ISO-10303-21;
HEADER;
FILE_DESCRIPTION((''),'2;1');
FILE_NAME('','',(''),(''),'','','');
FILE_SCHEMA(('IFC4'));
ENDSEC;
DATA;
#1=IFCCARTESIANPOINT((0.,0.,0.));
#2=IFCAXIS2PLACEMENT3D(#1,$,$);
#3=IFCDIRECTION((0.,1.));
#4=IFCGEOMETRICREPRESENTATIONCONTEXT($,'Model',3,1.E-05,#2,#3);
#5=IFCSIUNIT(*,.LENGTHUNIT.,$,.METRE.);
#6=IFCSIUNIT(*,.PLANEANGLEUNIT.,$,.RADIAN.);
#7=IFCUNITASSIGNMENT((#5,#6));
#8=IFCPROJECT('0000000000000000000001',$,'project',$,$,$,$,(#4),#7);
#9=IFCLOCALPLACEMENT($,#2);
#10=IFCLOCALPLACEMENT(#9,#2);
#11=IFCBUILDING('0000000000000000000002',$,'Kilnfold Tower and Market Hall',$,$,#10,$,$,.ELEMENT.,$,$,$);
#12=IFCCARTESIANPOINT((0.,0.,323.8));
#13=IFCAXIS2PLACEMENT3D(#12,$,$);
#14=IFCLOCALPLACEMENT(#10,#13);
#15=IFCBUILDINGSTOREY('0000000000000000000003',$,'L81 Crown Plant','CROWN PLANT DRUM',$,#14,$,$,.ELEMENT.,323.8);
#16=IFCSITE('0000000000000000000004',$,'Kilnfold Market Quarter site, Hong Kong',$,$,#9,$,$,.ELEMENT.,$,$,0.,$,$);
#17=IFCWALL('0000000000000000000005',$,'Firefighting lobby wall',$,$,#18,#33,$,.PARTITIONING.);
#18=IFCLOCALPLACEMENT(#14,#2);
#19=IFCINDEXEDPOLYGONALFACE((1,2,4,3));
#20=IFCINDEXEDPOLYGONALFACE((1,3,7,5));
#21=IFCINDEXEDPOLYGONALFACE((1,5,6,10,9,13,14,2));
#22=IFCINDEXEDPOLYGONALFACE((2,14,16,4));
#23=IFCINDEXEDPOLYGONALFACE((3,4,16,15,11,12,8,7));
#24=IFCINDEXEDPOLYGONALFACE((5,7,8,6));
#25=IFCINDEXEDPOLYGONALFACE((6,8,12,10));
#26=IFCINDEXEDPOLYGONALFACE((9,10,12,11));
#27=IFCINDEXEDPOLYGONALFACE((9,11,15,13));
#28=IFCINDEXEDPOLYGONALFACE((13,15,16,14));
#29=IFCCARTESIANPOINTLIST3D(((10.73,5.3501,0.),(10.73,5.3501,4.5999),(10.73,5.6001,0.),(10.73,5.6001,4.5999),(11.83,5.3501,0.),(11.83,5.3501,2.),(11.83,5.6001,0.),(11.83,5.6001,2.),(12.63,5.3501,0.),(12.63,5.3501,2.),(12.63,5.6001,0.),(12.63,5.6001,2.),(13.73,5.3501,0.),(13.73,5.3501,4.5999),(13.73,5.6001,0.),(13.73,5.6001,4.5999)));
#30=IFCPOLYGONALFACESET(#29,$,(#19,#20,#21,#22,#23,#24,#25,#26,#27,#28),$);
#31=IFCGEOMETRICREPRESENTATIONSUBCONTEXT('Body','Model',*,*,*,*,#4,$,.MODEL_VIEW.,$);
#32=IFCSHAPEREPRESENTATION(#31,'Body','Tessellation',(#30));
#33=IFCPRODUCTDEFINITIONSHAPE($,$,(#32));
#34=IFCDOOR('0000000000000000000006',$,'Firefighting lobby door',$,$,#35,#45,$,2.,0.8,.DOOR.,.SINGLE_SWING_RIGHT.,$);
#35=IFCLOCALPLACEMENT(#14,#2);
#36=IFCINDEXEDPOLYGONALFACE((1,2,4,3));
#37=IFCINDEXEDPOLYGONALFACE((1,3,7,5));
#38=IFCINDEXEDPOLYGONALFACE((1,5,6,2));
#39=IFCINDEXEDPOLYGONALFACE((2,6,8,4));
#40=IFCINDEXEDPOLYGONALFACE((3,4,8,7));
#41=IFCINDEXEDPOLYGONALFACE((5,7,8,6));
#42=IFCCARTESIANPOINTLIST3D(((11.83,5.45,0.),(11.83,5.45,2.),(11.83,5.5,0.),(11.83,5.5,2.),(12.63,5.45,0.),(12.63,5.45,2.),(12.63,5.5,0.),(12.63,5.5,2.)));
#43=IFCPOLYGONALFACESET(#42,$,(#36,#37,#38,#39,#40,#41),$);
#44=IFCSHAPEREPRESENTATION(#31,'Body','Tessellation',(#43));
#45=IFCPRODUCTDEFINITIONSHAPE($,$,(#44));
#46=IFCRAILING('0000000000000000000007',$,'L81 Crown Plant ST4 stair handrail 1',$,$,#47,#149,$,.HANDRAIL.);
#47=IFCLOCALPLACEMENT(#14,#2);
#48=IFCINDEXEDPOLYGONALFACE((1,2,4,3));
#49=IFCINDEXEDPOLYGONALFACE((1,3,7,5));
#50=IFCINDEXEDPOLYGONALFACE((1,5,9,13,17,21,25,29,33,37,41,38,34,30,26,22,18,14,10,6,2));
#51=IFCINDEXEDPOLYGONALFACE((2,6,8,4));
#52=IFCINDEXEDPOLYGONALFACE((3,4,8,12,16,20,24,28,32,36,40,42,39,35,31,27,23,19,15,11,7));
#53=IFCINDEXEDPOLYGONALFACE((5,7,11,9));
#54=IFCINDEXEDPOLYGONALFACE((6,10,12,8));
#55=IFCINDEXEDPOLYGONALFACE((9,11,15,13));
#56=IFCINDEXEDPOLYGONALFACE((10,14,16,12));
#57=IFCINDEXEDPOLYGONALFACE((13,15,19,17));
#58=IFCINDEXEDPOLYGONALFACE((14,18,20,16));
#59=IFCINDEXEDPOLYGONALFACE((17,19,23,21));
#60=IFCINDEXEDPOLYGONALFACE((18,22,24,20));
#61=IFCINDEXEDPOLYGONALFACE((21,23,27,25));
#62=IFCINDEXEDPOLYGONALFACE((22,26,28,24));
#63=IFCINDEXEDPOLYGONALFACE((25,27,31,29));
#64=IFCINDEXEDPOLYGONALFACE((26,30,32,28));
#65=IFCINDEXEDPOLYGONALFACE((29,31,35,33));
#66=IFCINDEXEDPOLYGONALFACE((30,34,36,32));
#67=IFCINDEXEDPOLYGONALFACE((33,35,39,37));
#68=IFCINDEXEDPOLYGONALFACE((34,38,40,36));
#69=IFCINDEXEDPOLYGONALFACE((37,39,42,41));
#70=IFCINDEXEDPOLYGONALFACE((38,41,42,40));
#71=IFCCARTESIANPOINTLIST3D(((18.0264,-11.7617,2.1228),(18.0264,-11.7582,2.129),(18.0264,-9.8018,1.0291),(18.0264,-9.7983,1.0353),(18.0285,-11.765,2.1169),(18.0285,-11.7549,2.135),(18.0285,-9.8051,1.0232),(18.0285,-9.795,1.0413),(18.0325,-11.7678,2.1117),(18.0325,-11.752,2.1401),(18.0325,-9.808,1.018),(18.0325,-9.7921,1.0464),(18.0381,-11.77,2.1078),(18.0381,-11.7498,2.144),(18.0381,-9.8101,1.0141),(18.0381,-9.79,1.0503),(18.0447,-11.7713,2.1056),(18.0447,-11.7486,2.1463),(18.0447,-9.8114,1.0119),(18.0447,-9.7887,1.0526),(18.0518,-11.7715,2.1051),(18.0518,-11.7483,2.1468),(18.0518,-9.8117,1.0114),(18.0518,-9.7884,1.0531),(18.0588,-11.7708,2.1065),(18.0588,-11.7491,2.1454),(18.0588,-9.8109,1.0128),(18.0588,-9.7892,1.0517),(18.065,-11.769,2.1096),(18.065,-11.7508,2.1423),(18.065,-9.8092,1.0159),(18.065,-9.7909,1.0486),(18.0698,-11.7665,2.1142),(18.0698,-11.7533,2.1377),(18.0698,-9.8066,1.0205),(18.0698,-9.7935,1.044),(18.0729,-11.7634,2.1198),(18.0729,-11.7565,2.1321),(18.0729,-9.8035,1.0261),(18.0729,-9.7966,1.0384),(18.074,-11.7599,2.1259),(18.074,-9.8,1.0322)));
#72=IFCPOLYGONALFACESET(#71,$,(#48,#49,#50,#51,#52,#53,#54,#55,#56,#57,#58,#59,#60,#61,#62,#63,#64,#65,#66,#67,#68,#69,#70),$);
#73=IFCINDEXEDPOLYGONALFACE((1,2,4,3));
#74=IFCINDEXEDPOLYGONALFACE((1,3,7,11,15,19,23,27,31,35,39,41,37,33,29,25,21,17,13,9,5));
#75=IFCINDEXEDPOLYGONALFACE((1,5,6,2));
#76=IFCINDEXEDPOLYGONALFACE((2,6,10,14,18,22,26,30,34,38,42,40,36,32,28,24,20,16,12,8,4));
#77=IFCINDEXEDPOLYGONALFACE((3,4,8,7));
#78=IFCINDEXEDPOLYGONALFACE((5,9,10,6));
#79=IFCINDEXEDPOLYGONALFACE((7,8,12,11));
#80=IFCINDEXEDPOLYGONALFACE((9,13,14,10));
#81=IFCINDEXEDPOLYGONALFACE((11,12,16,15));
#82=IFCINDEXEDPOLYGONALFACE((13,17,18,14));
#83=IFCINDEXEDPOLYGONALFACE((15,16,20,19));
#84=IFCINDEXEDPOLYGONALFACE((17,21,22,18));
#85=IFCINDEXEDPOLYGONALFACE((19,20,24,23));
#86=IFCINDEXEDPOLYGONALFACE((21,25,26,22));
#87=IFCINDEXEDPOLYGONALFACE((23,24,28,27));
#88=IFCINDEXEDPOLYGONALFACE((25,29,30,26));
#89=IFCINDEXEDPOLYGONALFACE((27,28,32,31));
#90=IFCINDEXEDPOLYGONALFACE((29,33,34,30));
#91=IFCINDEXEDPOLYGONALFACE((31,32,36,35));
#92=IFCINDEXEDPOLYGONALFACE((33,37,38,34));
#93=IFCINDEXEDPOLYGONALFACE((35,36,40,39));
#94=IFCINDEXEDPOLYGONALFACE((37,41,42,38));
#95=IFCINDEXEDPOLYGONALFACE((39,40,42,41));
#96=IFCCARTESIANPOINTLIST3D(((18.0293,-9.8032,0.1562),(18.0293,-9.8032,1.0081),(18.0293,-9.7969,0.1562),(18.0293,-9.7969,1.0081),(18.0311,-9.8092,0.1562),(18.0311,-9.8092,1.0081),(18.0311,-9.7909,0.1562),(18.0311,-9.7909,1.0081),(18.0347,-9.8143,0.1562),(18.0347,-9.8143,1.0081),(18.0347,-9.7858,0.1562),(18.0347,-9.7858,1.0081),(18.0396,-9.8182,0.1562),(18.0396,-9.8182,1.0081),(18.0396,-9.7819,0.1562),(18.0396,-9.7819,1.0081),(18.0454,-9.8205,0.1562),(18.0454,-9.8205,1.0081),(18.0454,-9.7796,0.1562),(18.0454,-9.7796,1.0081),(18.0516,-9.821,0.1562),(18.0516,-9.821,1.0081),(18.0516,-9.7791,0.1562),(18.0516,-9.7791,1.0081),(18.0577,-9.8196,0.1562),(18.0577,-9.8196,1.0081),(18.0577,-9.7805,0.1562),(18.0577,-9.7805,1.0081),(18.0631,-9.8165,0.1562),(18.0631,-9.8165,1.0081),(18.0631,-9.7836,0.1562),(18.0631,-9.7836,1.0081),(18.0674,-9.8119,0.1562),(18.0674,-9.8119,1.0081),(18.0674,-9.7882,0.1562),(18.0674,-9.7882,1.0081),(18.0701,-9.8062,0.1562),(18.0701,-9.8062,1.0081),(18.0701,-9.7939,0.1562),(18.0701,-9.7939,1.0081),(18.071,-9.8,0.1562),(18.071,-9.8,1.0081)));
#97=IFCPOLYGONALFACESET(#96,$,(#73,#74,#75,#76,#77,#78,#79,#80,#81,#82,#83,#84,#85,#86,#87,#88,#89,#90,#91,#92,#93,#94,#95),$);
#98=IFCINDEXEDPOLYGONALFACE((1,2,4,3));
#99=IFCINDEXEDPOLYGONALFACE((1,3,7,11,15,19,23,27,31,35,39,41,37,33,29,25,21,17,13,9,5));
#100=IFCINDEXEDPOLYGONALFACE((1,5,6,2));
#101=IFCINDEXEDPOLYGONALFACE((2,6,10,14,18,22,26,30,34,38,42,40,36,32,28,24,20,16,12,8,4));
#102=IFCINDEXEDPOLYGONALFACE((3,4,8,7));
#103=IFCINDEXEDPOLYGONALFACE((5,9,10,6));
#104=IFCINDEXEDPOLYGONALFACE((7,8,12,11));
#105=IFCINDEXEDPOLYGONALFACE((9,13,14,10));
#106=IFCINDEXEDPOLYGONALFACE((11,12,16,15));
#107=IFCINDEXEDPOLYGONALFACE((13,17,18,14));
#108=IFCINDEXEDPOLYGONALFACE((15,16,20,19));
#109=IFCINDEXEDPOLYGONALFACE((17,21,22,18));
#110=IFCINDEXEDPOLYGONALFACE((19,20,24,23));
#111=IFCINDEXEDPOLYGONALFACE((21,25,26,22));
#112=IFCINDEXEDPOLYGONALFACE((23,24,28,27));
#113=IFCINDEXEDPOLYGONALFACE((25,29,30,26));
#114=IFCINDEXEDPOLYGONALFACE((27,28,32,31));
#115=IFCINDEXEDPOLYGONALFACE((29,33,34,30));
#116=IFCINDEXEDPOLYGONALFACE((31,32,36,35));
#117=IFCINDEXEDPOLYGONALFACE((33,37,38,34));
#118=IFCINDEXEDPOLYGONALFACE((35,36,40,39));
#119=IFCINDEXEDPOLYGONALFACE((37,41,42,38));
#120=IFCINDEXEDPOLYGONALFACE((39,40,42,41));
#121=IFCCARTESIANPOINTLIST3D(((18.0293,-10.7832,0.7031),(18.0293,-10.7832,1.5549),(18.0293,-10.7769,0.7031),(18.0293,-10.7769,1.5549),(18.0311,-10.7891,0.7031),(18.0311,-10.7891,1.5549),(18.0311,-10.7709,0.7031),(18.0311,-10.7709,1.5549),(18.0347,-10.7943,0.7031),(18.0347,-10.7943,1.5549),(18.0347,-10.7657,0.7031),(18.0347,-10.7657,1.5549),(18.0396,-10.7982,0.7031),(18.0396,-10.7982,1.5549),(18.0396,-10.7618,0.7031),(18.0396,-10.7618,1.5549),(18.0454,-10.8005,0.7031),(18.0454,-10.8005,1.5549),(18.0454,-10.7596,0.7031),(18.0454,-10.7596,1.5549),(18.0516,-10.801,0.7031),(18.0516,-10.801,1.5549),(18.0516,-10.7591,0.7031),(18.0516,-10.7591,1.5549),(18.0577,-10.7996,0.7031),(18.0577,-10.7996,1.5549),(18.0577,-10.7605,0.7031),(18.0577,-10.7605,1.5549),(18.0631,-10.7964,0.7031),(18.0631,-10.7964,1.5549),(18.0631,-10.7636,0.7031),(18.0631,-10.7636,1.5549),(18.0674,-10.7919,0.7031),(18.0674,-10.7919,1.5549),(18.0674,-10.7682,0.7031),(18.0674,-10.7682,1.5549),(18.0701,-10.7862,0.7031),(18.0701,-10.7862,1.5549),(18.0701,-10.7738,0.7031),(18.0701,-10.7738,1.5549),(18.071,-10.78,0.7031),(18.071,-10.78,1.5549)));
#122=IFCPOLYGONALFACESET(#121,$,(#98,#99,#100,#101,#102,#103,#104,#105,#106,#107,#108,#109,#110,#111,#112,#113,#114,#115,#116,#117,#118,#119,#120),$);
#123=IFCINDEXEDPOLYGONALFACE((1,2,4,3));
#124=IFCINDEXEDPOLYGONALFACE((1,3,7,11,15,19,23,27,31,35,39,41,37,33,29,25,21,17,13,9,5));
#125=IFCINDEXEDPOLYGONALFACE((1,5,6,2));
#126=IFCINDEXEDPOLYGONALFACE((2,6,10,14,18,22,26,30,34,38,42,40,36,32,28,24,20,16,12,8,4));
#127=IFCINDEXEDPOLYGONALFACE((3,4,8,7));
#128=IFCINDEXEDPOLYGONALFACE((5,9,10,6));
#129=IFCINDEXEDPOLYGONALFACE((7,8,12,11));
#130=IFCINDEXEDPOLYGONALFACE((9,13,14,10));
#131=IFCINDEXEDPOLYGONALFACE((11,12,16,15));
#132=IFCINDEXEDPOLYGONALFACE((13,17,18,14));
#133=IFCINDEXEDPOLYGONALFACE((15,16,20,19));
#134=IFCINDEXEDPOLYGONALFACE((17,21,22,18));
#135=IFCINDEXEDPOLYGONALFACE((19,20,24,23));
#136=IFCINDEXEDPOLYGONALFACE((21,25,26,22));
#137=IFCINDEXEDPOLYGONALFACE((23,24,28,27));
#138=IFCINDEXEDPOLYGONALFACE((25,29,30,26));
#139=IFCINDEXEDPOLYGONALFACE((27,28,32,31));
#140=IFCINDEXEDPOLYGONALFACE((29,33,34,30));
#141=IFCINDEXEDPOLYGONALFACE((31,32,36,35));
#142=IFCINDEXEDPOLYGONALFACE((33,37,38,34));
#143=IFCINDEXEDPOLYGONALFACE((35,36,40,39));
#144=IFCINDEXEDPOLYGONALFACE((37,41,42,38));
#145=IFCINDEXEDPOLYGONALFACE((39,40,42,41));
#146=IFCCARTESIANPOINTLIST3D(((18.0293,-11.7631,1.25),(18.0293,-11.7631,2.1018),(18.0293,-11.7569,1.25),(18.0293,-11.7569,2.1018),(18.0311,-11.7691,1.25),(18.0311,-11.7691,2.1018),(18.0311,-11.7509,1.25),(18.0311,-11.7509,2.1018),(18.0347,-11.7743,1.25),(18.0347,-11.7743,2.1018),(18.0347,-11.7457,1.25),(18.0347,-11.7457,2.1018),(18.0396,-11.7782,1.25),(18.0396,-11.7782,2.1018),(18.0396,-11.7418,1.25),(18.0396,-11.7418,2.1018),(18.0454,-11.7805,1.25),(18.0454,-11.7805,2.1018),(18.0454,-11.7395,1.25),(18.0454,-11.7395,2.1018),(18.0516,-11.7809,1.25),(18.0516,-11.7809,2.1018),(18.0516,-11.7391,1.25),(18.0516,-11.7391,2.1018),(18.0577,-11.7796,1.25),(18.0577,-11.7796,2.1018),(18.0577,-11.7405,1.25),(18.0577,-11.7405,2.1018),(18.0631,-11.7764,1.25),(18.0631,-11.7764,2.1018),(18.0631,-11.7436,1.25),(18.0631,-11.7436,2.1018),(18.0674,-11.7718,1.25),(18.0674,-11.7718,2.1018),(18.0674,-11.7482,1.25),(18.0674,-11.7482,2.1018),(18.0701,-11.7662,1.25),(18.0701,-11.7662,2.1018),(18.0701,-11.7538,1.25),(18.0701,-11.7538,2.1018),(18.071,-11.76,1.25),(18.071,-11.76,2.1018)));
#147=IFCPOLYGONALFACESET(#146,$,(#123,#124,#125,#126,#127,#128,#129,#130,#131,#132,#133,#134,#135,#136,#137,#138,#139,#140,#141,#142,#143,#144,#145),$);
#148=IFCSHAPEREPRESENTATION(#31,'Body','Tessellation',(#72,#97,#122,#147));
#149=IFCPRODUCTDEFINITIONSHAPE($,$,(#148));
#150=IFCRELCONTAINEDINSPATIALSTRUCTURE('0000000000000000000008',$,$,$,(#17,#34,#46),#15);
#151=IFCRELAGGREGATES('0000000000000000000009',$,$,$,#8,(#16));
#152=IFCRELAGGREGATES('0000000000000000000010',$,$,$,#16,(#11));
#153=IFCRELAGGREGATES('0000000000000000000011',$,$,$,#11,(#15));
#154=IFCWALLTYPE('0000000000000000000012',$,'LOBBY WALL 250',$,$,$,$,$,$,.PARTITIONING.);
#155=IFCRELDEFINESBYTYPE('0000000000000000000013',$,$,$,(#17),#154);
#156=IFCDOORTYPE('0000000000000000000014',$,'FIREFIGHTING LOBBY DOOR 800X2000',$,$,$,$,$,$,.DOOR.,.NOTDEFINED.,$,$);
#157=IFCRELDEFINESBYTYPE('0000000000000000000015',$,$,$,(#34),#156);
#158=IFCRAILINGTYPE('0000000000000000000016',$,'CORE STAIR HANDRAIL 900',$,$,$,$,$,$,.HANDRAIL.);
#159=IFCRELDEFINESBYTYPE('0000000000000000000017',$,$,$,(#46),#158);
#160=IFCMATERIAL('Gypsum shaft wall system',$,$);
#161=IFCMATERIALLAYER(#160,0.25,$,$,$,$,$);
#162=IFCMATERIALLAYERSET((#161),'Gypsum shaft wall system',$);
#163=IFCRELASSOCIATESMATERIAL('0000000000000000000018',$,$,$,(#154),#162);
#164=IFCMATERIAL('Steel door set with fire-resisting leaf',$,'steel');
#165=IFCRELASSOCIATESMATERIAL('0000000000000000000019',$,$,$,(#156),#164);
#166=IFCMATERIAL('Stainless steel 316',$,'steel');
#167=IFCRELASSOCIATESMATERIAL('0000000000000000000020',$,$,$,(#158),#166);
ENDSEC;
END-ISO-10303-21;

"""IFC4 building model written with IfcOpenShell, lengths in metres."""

from ifc_helpers import new_model, si_unit, direction, frame, frame_2d, origin, origin_2d, place, context, subcontext, project, spatial, rectangle, circle, extrude, source, transform, mapped, material, layer, layer_set, type_object, element, fill, save


model = new_model("IFC4")

# Units and contexts
model_context = context("Model", 3, precision=1e-05, world=origin(), true_north=direction((0.0, 1.0)))
body_context = subcontext(model_context, "Body", "Model", "MODEL_VIEW")
ifc_project = project(units=[si_unit("LENGTHUNIT", "METRE"), si_unit("PLANEANGLEUNIT", "RADIAN")], contexts=[model_context])

# Site, building, storey
site_placement = place(None, origin())
site = spatial("IfcSite", under=ifc_project, at=site_placement, Name="Kilnfold Market Quarter site, Hong Kong", CompositionType="ELEMENT", RefElevation=0.0)
building_placement = place(site_placement, origin())
building = spatial("IfcBuilding", under=site, at=building_placement, Name="Kilnfold Tower and Market Hall", CompositionType="ELEMENT")
storey_placement = place(building_placement, frame((0.0, 0.0, 323.8)))
storey = spatial("IfcBuildingStorey", under=building, at=storey_placement, Name="L81 Crown Plant", Description="CROWN PLANT DRUM", CompositionType="ELEMENT", Elevation=323.8)

# Shared definitions
ifc_material_1 = material(Name="Gypsum shaft wall system")
ifc_layer_1 = layer(ifc_material_1, 0.25)
ifc_layer_set_1 = layer_set([ifc_layer_1], Name="Gypsum shaft wall system")
wall_type_1 = type_object("IfcWallType", Name="LOBBY WALL 250", PredefinedType="PARTITIONING", material=ifc_layer_set_1)

# Wall, opening, door
shared_shape_1 = source(origin(), body_context, "Body", "SweptSolid", [
    extrude(rectangle(XDim=3.0, YDim=0.25, at=frame_2d((1.5, 0.0))), origin(), (0.0, 0.0, 1.0), 4.5999),
])
wall_1_placement = place(storey_placement, frame((10.73, 5.4751, 0.0), z_axis=(0.0, 0.0, 1.0), x_axis=(1.0, 0.0, 0.0)))
wall_1 = element("IfcWall", 1, at=wall_1_placement, inside=storey, type_object=wall_type_1, Name="Firefighting lobby wall", PredefinedType="PARTITIONING", context=body_context, shape_type="MappedRepresentation", body=[
    mapped(shared_shape_1, transform((0.0, 0.0, 0.0))),
])
opening_1_placement = place(wall_1_placement, frame((1.1001, 0.0, 0.0)))
opening_1 = element("IfcOpeningElement", 2, at=opening_1_placement, cuts=wall_1, PredefinedType="OPENING", context=body_context, shape_type="SweptSolid", body=[
    extrude(rectangle(XDim=0.8, YDim=2.0, at=frame_2d((0.3999, 1.0))), frame((0.0, 0.135, 0.0), z_axis=(0.0, -1.0, 0.0), x_axis=(1.0, 0.0, 0.0)), (0.0, 0.0, 1.0), 0.27),
])
ifc_material_2 = material(Name="Steel door set with fire-resisting leaf", Category="steel")
door_type_1 = type_object("IfcDoorType", Name="FIREFIGHTING LOBBY DOOR 800X2000", OperationType="NOTDEFINED", PredefinedType="DOOR", material=ifc_material_2)
door_1_placement = place(opening_1_placement, origin())
door_1 = element("IfcDoor", 3, at=door_1_placement, inside=storey, type_object=door_type_1, Name="Firefighting lobby door", OperationType="SINGLE_SWING_RIGHT", OverallHeight=2.0, OverallWidth=0.8, PredefinedType="DOOR", context=body_context, shape_type="SweptSolid", body=[
    extrude(rectangle(XDim=0.8, YDim=2.0, at=frame_2d((0.3999, 1.0))), frame((0.0, 0.0249, 0.0), z_axis=(0.0, -1.0, 0.0), x_axis=(1.0, 0.0, 0.0)), (0.0, 0.0, 1.0), 0.05),
])
fill(opening_1, door_1)

# Railing
ifc_material_3 = material(Name="Stainless steel 316", Category="steel")
railing_type_1 = type_object("IfcRailingType", Name="CORE STAIR HANDRAIL 900", PredefinedType="HANDRAIL", material=ifc_material_3)
railing_1_placement = place(storey_placement, frame((18.05, -9.8, 0.1562)))
element("IfcRailing", 4, at=railing_1_placement, inside=storey, type_object=railing_type_1, Name="L81 Crown Plant ST4 stair handrail 1", PredefinedType="HANDRAIL", context=body_context, shape_type="SweptSolid", body=[
    extrude(circle(Radius=0.0239, at=origin_2d()), frame((0.0, 0.0, 0.876), z_axis=(0.0, -0.873232, 0.487304), x_axis=(1.0, 0.0, 0.0)), (0.0, 0.0, 1.0), 2.2444),
    extrude(circle(Radius=0.021, at=origin_2d()), origin(), (0.0, 0.0, 1.0), 0.8518),
    extrude(circle(Radius=0.021, at=origin_2d()), frame((0.0, -0.98, 0.5469)), (0.0, 0.0, 1.0), 0.8518),
    extrude(circle(Radius=0.021, at=origin_2d()), frame((0.0, -1.96, 1.0938)), (0.0, 0.0, 1.0), 0.8518),
])

save(model, "model.ifc")
